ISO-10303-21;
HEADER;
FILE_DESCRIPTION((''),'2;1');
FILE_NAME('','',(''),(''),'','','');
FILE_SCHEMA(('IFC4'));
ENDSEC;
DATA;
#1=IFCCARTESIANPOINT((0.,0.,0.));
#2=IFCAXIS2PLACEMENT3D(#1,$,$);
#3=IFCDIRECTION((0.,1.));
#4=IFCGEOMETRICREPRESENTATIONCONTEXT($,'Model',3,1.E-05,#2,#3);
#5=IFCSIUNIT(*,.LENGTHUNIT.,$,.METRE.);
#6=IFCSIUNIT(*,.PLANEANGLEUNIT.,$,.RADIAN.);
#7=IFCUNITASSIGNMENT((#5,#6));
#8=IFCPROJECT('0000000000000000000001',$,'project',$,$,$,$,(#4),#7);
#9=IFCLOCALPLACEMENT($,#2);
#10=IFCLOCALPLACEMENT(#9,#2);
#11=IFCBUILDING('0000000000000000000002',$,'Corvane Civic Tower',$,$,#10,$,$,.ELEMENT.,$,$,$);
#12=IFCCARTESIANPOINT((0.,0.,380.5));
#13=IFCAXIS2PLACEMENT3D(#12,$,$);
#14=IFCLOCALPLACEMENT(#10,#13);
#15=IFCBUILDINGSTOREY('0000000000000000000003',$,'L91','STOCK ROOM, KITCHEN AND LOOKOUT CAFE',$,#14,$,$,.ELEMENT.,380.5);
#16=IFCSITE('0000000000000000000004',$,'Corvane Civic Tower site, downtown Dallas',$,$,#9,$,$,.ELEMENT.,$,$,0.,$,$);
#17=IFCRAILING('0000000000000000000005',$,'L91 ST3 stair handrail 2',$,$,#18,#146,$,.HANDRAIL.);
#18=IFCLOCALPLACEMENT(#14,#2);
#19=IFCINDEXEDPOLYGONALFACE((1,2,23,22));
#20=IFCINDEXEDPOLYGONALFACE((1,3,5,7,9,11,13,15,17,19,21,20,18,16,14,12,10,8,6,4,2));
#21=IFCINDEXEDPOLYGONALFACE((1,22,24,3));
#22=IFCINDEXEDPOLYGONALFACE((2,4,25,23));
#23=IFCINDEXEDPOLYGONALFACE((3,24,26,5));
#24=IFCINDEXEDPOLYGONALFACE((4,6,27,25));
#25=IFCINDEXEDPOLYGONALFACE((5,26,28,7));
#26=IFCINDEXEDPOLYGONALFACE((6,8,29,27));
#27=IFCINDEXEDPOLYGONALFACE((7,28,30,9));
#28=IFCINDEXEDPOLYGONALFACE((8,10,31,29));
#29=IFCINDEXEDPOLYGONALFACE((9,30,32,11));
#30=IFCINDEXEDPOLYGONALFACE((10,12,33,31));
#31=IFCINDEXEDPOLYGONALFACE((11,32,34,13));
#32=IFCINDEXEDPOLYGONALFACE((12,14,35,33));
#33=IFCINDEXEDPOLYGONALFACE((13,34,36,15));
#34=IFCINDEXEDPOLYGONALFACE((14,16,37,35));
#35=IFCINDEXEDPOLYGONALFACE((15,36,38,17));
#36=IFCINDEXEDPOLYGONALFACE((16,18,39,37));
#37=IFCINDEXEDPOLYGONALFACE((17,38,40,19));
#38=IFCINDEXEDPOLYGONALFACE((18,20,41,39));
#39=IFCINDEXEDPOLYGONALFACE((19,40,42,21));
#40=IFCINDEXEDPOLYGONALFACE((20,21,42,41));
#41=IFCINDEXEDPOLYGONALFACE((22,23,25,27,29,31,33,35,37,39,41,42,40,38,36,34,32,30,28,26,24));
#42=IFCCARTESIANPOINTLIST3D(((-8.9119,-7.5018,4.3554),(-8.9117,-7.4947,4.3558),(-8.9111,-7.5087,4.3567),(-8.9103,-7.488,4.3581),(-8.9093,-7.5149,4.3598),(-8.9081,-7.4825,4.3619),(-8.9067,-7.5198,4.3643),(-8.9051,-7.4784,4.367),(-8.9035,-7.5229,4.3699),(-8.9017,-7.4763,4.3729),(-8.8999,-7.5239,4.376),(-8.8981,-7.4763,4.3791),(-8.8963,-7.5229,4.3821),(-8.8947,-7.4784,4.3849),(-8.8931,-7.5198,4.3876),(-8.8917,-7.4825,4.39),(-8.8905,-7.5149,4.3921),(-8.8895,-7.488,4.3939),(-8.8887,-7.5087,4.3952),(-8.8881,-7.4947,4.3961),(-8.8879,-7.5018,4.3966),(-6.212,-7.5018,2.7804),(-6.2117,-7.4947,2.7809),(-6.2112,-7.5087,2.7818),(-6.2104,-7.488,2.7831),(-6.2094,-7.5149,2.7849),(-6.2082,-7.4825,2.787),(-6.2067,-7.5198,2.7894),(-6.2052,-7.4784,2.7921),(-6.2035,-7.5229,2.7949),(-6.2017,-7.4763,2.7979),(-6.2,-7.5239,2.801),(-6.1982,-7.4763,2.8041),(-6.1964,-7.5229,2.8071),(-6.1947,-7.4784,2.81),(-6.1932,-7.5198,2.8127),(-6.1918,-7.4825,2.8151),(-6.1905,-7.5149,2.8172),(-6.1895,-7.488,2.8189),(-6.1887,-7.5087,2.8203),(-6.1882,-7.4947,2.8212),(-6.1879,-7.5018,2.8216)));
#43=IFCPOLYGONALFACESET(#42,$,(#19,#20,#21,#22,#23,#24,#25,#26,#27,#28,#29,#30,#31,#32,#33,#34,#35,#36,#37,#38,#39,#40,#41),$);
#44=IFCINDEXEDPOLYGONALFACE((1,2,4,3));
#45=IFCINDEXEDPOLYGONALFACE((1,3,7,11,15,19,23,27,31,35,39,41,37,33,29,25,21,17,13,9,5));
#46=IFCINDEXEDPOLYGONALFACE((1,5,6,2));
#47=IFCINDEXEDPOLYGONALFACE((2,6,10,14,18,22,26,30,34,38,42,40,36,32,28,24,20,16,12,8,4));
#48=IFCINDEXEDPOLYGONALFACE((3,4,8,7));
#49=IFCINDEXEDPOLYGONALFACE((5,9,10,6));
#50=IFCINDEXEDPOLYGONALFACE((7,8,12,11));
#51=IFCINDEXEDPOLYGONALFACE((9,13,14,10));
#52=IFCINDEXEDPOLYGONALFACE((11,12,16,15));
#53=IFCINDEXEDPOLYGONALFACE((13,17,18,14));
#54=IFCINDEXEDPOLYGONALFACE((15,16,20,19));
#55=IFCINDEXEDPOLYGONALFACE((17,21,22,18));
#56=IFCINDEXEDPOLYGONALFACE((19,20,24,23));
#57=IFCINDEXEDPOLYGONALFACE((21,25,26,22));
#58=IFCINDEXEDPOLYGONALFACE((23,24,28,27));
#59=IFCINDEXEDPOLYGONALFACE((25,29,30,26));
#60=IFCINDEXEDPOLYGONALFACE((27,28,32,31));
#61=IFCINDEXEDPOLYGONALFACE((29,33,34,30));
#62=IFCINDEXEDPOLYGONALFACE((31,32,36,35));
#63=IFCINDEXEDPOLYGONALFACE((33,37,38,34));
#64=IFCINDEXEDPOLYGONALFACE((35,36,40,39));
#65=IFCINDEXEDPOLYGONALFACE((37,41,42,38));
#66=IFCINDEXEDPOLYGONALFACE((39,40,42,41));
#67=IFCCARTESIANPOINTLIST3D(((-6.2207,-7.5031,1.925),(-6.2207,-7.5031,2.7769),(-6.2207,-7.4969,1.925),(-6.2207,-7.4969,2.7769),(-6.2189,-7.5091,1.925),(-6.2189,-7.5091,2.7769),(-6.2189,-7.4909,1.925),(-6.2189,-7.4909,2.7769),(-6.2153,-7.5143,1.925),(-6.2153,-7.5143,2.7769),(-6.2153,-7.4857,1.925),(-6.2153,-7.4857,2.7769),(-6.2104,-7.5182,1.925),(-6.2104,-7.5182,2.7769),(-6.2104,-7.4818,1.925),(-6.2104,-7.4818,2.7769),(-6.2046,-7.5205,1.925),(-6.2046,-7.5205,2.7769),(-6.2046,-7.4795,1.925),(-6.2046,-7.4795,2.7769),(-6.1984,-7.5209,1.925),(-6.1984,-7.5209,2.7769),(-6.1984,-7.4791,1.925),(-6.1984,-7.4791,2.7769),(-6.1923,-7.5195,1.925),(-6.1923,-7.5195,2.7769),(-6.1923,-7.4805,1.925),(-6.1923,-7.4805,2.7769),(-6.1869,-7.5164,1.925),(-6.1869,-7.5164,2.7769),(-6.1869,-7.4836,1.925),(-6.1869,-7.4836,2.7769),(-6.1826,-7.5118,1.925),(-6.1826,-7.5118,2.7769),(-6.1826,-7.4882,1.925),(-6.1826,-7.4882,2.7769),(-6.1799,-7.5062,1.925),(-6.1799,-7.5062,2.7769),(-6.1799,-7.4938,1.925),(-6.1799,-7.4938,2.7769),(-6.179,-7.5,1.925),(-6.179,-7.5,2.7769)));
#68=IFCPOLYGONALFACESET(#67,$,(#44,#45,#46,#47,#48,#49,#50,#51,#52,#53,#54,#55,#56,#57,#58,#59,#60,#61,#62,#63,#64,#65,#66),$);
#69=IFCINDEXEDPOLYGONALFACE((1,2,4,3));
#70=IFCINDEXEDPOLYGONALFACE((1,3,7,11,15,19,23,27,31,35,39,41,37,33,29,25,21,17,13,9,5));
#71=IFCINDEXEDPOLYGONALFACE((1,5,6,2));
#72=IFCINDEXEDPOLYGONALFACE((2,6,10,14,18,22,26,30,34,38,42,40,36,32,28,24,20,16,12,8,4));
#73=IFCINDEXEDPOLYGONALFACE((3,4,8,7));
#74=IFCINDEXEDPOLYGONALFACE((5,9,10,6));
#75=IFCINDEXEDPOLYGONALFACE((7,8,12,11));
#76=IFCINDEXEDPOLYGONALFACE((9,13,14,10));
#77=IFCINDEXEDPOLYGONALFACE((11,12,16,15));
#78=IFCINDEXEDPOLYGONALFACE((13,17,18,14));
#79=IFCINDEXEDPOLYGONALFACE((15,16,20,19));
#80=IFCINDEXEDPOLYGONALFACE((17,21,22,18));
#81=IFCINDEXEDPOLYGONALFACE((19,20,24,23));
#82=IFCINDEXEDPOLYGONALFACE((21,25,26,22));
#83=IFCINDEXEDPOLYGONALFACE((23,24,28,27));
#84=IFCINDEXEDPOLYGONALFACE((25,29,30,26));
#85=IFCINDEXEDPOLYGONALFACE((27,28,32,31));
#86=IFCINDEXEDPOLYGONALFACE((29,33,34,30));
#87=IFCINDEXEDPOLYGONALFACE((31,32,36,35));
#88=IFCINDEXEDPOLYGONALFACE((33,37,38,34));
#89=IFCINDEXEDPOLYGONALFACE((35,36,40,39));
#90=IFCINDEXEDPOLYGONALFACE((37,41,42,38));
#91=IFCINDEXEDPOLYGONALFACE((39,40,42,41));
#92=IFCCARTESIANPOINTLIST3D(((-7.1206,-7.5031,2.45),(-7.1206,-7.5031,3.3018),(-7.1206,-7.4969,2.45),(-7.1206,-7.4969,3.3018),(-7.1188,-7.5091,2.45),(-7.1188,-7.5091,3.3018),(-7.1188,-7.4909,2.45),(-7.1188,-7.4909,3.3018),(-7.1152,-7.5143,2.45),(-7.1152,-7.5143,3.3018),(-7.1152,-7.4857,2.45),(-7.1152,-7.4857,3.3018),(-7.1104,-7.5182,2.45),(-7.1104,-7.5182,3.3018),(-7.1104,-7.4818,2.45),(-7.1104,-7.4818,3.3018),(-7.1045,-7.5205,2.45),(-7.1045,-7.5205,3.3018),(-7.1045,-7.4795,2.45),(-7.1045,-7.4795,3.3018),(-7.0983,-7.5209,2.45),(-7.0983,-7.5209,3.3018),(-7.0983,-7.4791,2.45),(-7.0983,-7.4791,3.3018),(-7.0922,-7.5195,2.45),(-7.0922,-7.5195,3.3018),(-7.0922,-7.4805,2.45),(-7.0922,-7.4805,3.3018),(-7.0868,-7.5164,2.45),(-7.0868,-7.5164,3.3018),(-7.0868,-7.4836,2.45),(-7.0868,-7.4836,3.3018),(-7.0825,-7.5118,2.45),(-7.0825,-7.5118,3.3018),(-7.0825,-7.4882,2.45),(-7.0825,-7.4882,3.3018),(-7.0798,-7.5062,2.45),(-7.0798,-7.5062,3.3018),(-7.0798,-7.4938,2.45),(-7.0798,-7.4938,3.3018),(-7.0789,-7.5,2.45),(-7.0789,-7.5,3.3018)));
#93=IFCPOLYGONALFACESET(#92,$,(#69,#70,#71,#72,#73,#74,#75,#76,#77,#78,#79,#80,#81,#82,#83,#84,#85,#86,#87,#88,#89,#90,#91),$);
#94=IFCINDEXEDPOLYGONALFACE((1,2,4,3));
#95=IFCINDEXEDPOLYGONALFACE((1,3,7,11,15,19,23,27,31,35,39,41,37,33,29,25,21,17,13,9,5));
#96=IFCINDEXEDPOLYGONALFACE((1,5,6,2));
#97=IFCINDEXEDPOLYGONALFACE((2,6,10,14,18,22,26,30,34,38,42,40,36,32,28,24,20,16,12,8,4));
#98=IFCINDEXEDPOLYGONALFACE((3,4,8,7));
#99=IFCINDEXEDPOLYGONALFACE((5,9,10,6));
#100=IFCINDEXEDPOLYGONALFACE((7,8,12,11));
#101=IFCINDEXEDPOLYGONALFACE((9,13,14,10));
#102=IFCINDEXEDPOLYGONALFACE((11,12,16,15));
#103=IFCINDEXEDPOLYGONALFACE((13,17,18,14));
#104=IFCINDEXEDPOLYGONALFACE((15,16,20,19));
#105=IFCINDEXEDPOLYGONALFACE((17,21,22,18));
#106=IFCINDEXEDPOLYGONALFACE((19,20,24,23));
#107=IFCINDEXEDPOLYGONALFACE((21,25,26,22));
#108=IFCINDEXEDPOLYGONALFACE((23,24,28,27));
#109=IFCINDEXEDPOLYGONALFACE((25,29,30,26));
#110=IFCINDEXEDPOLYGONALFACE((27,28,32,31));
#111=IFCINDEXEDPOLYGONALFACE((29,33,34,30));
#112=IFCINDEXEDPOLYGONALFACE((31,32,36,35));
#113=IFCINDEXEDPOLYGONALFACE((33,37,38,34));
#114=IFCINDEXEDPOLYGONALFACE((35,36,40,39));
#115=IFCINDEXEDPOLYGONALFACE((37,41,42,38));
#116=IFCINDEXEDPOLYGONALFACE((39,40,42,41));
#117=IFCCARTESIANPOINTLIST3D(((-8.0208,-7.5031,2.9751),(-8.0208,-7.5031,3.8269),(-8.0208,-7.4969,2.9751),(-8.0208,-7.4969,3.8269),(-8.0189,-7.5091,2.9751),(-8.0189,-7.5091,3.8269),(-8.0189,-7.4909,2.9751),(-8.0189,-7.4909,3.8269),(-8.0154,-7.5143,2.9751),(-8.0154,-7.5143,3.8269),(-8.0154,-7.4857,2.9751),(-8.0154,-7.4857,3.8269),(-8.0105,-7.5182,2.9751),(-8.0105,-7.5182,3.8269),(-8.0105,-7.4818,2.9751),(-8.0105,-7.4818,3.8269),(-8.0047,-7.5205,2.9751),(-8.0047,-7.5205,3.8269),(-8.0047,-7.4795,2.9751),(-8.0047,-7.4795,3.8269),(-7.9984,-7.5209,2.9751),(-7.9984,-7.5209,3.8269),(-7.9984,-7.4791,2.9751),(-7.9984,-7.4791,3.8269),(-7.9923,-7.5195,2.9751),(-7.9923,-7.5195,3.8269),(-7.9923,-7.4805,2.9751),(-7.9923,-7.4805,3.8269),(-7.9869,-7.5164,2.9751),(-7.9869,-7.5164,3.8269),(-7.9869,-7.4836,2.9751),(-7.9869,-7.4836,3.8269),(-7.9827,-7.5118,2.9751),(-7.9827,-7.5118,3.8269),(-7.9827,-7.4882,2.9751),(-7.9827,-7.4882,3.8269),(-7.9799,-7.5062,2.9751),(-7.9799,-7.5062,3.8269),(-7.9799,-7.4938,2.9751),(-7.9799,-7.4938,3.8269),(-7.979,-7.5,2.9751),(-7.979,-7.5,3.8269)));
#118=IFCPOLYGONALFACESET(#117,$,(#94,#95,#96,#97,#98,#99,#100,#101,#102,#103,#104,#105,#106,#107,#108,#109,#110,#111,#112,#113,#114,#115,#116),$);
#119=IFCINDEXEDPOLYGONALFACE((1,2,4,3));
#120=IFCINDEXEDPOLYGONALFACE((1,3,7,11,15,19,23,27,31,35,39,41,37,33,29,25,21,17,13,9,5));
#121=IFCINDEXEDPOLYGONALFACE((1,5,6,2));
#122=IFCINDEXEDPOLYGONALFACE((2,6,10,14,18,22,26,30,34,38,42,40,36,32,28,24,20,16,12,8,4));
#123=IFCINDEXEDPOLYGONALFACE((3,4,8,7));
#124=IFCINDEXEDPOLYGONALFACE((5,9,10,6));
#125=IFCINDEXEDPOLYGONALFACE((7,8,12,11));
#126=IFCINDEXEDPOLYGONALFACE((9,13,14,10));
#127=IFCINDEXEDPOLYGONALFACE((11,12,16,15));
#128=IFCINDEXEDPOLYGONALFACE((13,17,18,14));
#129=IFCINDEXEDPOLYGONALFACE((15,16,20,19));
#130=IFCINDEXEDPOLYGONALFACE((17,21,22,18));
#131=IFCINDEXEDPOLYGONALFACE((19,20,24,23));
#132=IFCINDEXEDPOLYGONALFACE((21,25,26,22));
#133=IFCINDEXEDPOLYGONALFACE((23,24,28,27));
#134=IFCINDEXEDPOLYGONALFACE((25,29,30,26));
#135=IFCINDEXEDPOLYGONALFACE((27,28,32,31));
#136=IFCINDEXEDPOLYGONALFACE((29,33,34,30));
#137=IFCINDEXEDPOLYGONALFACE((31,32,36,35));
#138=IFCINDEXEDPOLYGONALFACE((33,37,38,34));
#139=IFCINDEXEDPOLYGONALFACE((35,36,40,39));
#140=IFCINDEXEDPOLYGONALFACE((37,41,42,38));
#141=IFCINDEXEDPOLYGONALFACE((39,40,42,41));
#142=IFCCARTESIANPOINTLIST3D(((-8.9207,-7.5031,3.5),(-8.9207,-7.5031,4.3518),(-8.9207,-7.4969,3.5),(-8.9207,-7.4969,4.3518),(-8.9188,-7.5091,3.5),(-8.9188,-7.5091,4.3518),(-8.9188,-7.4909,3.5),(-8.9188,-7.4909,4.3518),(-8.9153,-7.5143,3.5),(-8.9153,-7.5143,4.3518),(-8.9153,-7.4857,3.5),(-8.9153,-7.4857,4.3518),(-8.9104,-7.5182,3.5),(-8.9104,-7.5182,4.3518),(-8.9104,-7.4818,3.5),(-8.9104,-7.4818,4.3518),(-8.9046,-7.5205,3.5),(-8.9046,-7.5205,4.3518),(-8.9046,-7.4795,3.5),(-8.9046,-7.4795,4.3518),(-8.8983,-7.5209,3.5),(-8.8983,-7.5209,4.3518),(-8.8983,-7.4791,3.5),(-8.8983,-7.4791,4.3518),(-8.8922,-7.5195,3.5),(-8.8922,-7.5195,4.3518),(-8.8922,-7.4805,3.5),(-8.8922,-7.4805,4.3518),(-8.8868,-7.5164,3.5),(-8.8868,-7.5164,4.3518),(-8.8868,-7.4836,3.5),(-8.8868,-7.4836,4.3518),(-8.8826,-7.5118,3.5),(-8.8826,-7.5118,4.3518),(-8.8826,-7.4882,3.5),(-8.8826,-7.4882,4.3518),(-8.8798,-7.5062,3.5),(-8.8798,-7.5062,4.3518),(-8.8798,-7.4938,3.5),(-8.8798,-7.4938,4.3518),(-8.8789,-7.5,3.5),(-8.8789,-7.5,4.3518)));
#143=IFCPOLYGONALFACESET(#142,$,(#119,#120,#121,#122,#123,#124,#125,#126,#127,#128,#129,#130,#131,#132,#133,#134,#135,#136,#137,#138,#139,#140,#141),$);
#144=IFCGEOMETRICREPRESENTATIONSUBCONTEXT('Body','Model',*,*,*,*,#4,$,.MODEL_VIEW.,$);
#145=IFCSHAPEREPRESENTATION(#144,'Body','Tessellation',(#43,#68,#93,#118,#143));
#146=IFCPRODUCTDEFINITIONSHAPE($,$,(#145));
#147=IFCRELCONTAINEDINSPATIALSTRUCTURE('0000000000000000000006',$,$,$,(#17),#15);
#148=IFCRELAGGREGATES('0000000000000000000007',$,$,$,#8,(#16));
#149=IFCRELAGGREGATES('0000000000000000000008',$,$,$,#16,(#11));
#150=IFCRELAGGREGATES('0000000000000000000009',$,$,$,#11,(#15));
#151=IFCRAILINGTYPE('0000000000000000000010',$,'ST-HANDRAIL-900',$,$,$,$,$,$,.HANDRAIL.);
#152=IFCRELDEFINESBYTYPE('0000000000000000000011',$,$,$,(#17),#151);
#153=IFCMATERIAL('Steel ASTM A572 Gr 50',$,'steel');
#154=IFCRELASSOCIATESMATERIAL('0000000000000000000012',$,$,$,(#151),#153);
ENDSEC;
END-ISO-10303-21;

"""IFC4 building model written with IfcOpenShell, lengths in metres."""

from ifc_helpers import new_model, si_unit, direction, frame, origin, origin_2d, place, context, subcontext, project, spatial, circle, extrude, material, type_object, element, save


model = new_model("IFC4")

# Units and contexts
model_context = context("Model", 3, precision=1e-05, world=origin(), true_north=direction((0.0, 1.0)))
body_context = subcontext(model_context, "Body", "Model", "MODEL_VIEW")
ifc_project = project(units=[si_unit("LENGTHUNIT", "METRE"), si_unit("PLANEANGLEUNIT", "RADIAN")], contexts=[model_context])

# Site, building, storey
site_placement = place(None, origin())
site = spatial("IfcSite", under=ifc_project, at=site_placement, Name="Corvane Civic Tower site, downtown Dallas", CompositionType="ELEMENT", RefElevation=0.0)
building_placement = place(site_placement, origin())
building = spatial("IfcBuilding", under=site, at=building_placement, Name="Corvane Civic Tower", CompositionType="ELEMENT")
storey_placement = place(building_placement, frame((0.0, 0.0, 380.5)))
storey = spatial("IfcBuildingStorey", under=building, at=storey_placement, Name="L91", Description="STOCK ROOM, KITCHEN AND LOOKOUT CAFE", CompositionType="ELEMENT", Elevation=380.5)

# Railing
ifc_material_1 = material(Name="Steel ASTM A572 Gr 50", Category="steel")
railing_type = type_object("IfcRailingType", Name="ST-HANDRAIL-900", PredefinedType="HANDRAIL", material=ifc_material_1)
for number, where, name in (
    (1, (-6.2, -7.5, 1.925), "L91 ST3 stair handrail 2"),
):
    element("IfcRailing", number, at=place(storey_placement, frame(where)), inside=storey, type_object=railing_type, Name=name, PredefinedType="HANDRAIL", context=body_context, shape_type="SweptSolid", body=[
        extrude(circle(Radius=0.0239, at=origin_2d()), frame((0.0, 0.0, 0.876), z_axis=(-0.863782, 0.0, 0.503866), x_axis=(0.0, -1.0, 0.0)), (0.0, 0.0, 1.0), 3.1257),
        extrude(circle(Radius=0.021, at=origin_2d()), origin(), (0.0, 0.0, 1.0), 0.8518),
        extrude(circle(Radius=0.021, at=origin_2d()), frame((-0.8999, 0.0, 0.5249)), (0.0, 0.0, 1.0), 0.8518),
        extrude(circle(Radius=0.021, at=origin_2d()), frame((-1.8, 0.0, 1.05)), (0.0, 0.0, 1.0), 0.8518),
        extrude(circle(Radius=0.021, at=origin_2d()), frame((-2.7, 0.0, 1.575)), (0.0, 0.0, 1.0), 0.8518),
    ])

save(model, "model.ifc")
